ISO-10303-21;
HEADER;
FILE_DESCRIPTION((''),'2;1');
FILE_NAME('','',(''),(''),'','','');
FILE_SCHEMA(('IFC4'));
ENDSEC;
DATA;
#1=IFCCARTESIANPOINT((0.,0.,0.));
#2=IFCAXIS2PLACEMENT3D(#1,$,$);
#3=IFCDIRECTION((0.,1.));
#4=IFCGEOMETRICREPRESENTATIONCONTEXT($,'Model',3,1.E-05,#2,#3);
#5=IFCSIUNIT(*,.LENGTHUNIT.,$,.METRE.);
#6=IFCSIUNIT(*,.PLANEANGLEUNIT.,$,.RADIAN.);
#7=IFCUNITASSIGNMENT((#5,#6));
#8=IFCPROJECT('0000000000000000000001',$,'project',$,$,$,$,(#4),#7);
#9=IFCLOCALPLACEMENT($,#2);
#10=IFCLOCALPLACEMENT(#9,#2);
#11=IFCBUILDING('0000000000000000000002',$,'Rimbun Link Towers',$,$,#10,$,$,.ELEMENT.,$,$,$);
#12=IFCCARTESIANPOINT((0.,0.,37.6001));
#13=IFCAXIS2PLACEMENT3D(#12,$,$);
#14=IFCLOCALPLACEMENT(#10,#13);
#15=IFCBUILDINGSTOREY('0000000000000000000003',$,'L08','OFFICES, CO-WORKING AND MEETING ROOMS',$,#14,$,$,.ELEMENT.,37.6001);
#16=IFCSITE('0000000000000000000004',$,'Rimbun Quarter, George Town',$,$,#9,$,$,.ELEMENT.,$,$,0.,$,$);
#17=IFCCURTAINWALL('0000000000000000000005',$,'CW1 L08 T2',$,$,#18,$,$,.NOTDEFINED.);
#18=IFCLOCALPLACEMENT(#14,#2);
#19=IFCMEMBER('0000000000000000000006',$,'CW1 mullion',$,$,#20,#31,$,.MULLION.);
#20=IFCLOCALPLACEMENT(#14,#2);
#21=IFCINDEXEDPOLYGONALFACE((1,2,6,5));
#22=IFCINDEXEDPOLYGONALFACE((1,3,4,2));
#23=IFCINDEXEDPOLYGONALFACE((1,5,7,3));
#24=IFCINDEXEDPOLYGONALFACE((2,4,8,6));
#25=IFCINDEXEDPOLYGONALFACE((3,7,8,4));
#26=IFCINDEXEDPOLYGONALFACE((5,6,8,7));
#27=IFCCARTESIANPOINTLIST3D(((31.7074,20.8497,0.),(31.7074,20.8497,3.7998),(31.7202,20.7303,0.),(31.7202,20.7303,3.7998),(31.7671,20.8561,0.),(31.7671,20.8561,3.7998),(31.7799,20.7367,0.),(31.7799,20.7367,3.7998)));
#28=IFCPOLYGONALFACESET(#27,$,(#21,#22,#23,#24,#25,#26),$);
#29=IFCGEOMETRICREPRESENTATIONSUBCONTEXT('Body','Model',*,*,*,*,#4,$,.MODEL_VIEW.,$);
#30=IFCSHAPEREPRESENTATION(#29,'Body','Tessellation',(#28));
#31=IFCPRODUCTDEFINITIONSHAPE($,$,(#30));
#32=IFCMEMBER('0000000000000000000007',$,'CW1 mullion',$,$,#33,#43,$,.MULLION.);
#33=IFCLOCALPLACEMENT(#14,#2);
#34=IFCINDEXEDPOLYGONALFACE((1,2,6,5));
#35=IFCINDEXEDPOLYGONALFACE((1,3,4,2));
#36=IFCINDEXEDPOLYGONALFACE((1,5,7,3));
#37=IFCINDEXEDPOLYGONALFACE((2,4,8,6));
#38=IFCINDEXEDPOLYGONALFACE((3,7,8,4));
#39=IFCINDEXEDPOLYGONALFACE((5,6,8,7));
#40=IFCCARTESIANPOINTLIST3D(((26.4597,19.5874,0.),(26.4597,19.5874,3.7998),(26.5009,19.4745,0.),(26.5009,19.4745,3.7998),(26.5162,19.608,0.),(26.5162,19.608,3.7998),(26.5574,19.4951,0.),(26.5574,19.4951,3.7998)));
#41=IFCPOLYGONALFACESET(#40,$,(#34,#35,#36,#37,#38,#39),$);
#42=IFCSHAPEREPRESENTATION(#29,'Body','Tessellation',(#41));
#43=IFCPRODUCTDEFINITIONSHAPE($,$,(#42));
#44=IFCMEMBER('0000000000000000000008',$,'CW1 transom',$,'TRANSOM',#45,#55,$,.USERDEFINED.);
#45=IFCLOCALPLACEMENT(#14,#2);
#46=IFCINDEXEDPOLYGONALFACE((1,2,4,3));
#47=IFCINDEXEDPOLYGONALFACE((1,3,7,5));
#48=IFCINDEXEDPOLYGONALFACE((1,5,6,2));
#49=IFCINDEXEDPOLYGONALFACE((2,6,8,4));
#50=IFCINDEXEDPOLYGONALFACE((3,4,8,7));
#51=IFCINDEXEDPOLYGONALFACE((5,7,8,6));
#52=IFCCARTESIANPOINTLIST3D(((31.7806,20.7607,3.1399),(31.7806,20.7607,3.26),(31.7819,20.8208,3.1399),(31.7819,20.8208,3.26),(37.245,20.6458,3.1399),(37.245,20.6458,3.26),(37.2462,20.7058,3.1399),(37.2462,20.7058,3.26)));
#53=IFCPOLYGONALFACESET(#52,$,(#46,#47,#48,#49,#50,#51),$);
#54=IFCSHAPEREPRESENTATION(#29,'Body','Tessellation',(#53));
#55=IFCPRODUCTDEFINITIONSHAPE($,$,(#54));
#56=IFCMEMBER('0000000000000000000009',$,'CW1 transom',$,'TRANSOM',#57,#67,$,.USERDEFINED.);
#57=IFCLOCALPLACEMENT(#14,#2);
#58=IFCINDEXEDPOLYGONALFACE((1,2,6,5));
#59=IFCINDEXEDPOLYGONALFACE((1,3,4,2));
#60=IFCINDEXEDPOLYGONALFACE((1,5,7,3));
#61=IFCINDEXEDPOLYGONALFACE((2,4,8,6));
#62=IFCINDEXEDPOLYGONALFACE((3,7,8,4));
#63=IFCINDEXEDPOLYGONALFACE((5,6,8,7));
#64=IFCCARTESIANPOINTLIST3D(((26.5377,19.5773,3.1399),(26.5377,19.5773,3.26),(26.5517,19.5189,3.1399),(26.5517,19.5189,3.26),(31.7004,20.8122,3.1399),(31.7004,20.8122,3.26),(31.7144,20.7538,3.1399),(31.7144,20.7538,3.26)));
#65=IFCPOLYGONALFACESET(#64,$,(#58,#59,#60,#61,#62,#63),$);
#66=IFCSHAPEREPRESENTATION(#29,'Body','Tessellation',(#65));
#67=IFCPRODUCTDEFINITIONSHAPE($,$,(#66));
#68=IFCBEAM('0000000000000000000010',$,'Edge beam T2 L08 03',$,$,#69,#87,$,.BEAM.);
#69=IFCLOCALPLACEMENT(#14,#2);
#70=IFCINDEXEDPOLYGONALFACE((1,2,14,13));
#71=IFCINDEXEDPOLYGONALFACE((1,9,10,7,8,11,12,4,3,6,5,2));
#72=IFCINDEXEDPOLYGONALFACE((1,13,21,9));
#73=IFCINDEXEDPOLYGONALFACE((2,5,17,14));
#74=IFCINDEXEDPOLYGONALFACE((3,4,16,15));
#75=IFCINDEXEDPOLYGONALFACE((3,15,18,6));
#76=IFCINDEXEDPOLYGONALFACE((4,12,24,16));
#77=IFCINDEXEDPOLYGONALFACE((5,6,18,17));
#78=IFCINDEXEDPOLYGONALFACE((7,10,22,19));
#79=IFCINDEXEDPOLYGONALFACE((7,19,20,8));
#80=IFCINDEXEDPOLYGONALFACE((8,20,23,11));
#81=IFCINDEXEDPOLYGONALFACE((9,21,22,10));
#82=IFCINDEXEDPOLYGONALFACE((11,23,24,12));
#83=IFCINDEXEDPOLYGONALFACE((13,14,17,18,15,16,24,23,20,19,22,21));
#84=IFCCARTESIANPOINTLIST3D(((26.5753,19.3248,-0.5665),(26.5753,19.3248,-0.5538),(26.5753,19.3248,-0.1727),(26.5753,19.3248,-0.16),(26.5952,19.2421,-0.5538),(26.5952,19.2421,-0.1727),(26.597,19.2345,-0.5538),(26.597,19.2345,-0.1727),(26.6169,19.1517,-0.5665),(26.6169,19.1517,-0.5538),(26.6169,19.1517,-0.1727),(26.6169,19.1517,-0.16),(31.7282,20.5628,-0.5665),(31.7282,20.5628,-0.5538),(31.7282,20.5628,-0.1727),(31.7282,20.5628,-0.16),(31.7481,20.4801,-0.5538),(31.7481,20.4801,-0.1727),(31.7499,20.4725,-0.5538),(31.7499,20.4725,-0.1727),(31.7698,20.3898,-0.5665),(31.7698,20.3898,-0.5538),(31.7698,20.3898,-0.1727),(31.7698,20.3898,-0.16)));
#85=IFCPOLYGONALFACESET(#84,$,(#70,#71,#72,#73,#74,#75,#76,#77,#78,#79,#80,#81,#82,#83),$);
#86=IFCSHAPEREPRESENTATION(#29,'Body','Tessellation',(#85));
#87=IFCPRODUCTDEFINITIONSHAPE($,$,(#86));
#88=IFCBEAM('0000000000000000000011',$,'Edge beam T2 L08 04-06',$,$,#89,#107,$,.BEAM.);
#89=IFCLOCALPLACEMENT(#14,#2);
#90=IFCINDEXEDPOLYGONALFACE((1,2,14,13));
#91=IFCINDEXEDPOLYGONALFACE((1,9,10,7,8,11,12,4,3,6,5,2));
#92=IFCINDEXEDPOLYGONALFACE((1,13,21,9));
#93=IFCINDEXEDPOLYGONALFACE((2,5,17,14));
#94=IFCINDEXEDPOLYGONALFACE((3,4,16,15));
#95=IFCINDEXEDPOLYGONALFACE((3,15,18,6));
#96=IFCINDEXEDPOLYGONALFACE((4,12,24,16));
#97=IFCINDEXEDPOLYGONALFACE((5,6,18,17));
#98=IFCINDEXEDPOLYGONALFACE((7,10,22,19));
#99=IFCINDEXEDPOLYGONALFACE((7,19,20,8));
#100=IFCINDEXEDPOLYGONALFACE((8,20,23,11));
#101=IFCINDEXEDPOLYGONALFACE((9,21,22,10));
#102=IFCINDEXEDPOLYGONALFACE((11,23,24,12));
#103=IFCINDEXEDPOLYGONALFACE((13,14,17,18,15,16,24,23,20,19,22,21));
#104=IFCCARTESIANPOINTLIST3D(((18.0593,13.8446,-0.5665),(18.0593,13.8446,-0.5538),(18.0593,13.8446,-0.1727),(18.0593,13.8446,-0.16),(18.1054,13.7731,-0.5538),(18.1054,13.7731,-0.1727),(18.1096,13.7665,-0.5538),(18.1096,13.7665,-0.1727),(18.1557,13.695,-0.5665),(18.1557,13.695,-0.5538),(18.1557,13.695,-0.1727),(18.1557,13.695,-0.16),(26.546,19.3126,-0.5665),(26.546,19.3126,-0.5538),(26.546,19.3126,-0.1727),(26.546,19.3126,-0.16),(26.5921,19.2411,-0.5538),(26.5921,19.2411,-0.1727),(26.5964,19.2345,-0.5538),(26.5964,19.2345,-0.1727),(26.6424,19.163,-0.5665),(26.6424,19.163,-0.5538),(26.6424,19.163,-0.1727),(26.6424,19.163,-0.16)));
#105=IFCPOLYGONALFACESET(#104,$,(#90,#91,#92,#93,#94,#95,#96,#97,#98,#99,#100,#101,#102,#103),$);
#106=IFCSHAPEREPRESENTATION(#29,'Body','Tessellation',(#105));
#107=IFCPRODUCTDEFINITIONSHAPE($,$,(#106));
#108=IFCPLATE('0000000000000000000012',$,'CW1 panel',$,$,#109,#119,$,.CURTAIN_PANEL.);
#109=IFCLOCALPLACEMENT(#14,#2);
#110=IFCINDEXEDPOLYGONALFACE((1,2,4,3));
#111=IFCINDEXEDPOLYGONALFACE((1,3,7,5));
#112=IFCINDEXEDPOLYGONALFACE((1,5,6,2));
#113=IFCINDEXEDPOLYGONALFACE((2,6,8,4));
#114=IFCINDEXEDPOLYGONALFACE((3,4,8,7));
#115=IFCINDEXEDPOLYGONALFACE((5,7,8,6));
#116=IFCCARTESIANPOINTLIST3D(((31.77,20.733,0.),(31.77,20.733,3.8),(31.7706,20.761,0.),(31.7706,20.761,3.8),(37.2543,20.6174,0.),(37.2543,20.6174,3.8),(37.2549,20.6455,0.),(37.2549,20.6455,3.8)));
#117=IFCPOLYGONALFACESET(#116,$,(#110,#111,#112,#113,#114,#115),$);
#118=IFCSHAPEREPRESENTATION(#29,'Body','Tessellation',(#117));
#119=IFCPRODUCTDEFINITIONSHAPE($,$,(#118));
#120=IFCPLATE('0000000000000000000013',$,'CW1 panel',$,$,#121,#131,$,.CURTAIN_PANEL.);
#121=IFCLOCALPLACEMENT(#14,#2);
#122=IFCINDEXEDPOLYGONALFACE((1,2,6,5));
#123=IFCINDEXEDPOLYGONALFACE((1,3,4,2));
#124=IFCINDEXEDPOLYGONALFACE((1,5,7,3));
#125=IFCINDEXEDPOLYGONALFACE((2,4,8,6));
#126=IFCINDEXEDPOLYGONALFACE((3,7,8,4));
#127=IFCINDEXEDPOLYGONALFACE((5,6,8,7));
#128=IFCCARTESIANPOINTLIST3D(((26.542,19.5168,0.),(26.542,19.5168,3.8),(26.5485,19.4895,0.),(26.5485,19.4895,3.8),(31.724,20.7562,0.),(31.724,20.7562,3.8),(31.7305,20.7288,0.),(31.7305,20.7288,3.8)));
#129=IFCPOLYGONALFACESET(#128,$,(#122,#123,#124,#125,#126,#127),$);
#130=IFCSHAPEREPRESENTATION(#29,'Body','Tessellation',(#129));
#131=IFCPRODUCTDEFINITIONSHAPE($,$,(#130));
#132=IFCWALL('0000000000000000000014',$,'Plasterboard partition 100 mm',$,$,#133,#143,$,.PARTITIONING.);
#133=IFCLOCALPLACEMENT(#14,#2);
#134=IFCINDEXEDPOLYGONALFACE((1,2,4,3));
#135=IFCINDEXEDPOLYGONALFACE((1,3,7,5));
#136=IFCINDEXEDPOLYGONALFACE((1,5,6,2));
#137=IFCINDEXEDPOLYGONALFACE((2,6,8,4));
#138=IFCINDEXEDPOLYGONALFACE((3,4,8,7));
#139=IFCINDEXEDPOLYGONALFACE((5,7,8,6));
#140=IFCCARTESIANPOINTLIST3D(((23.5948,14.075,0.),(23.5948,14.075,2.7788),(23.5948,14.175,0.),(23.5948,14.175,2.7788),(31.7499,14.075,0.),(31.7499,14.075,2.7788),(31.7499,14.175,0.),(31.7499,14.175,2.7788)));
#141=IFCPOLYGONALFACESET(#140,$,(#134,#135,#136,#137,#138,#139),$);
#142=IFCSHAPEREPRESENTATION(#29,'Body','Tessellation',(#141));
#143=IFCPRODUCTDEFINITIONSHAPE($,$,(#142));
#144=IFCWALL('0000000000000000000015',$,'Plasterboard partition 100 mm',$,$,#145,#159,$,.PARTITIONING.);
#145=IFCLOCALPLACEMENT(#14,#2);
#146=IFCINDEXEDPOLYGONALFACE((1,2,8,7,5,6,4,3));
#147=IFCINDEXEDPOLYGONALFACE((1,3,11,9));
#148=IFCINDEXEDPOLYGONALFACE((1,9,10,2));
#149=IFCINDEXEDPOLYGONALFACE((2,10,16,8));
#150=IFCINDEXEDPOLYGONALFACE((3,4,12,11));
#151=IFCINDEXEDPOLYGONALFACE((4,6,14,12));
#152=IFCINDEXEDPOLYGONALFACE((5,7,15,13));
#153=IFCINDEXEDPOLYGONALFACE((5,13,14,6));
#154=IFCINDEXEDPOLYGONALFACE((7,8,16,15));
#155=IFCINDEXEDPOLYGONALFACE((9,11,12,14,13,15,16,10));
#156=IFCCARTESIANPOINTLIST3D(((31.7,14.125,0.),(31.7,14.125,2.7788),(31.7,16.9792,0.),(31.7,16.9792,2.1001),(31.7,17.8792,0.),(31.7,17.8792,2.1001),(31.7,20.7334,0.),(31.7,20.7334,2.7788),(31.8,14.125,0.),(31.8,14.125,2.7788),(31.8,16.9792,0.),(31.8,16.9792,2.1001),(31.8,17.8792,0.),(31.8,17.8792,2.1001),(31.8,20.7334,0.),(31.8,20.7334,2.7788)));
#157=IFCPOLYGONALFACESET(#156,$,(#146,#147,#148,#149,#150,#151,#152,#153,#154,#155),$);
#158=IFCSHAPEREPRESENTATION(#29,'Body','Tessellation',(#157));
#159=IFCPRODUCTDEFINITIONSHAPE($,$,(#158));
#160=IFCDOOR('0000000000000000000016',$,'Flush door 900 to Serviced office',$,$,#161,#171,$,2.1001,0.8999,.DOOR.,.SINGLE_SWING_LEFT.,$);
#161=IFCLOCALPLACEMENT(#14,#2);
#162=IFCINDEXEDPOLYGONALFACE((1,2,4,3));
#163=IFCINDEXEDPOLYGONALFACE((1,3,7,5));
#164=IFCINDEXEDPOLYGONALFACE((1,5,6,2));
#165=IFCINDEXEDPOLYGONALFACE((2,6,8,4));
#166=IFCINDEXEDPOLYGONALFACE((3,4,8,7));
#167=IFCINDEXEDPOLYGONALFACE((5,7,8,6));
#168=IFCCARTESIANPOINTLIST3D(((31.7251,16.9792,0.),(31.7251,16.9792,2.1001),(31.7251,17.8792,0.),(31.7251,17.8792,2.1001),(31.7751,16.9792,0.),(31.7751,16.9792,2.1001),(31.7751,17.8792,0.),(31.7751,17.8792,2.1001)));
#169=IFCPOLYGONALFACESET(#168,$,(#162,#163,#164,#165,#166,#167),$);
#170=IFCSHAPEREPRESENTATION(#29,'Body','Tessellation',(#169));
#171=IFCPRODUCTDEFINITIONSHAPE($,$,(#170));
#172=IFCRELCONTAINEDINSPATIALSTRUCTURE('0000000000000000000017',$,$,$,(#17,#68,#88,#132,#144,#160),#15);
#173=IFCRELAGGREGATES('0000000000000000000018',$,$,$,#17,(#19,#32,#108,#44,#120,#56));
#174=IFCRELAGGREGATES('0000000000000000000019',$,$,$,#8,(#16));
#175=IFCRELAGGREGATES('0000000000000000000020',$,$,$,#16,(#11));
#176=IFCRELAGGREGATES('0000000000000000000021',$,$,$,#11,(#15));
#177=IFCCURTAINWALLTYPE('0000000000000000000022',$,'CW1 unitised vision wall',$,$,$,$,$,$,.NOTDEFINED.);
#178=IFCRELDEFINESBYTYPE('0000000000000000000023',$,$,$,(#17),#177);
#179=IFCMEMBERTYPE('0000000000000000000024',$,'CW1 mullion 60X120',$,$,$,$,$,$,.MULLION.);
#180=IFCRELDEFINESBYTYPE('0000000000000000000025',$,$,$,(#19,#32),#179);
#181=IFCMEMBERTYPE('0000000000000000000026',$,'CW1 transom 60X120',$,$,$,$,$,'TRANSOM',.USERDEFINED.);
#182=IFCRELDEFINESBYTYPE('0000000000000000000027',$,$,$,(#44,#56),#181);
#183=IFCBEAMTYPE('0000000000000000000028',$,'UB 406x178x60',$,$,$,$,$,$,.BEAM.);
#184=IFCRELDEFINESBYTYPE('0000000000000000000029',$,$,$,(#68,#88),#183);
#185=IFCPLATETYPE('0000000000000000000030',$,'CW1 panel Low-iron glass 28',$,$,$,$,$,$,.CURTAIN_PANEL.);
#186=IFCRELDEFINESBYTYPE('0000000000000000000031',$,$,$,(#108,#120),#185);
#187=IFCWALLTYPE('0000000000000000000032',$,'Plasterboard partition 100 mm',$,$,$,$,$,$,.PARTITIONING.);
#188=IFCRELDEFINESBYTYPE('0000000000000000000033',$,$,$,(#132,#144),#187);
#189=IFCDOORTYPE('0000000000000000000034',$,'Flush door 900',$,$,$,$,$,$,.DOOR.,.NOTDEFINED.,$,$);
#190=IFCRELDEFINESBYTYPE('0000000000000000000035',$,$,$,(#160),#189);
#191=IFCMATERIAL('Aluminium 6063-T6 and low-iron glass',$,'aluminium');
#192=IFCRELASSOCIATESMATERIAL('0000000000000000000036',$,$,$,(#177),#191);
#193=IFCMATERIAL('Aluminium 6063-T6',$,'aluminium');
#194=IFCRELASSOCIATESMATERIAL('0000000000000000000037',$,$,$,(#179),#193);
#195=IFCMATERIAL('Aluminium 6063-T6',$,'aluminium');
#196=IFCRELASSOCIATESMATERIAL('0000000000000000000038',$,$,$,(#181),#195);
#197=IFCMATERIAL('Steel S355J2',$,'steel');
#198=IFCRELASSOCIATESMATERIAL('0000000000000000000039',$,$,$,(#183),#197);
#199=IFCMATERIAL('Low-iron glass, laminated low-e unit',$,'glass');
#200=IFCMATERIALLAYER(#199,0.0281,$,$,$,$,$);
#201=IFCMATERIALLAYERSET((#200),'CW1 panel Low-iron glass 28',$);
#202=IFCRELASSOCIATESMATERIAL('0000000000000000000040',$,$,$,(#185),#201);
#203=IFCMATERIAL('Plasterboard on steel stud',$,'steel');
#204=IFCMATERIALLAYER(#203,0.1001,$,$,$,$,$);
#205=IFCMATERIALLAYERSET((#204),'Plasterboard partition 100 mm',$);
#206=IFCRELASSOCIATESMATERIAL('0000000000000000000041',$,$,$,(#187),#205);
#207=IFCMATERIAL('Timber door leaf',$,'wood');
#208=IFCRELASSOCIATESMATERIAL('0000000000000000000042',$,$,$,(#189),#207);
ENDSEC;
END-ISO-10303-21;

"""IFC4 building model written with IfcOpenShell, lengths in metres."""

from ifc_helpers import new_model, si_unit, direction, frame, frame_2d, origin, origin_2d, place, context, subcontext, project, spatial, rectangle, i_section, extrude, material, layer, layer_set, material_profile, profile_set, type_object, element, fill, aggregate, save


model = new_model("IFC4")

# Units and contexts
model_context = context("Model", 3, precision=1e-05, world=origin(), true_north=direction((0.0, 1.0)))
body_context = subcontext(model_context, "Body", "Model", "MODEL_VIEW")
ifc_project = project(units=[si_unit("LENGTHUNIT", "METRE"), si_unit("PLANEANGLEUNIT", "RADIAN")], contexts=[model_context])

# Site, building, storey
site_placement = place(None, origin())
site = spatial("IfcSite", under=ifc_project, at=site_placement, Name="Rimbun Quarter, George Town", CompositionType="ELEMENT", RefElevation=0.0)
building_placement = place(site_placement, origin())
building = spatial("IfcBuilding", under=site, at=building_placement, Name="Rimbun Link Towers", CompositionType="ELEMENT")
storey_placement = place(building_placement, frame((0.0, 0.0, 37.6001)))
storey = spatial("IfcBuildingStorey", under=building, at=storey_placement, Name="L08", Description="OFFICES, CO-WORKING AND MEETING ROOMS", CompositionType="ELEMENT", Elevation=37.6001)

# Curtain wall, members
ifc_material_1 = material(Name="Aluminium 6063-T6 and low-iron glass", Category="aluminium")
curtain_wall_type = type_object("IfcCurtainWallType", Name="CW1 unitised vision wall", PredefinedType="NOTDEFINED", material=ifc_material_1)
curtain_wall_placement = place(storey_placement, origin())
curtain_wall = element("IfcCurtainWall", 1, at=curtain_wall_placement, inside=storey, type_object=curtain_wall_type, Name="CW1 L08 T2", PredefinedType="NOTDEFINED")
ifc_material_2 = material(Name="Aluminium 6063-T6", Category="aluminium")
ifc_material_profile_1 = material_profile(ifc_material_2, rectangle(XDim=0.1201, YDim=0.0601, at=origin_2d()), Name="MULLION 60X120")
ifc_profile_set_1 = profile_set([ifc_material_profile_1], Name="Aluminium 6063-T6")
member_type_1 = type_object("IfcMemberType", Name="CW1 mullion 60X120", PredefinedType="MULLION", material=ifc_profile_set_1)
member_1_placement = place(storey_placement, frame((31.7437, 20.7932, 0.0), z_axis=(0.0, 0.0, 1.0), x_axis=(-0.106645, 0.994297, 0.0)))
member_1 = element("IfcMember", 2, at=member_1_placement, type_object=member_type_1, Name="CW1 mullion", PredefinedType="MULLION", context=body_context, shape_type="SweptSolid", body=[
    extrude(rectangle(XDim=0.1201, YDim=0.0601, at=origin_2d()), origin(), (0.0, 0.0, 1.0), 3.7998),
])
member_2_placement = place(storey_placement, frame((26.5085, 19.5413, 0.0), z_axis=(0.0, 0.0, 1.0), x_axis=(-0.342971, 0.939346, 0.0)))
member_2 = element("IfcMember", 3, at=member_2_placement, type_object=member_type_1, Name="CW1 mullion", PredefinedType="MULLION", context=body_context, shape_type="SweptSolid", body=[
    extrude(rectangle(XDim=0.1201, YDim=0.0601, at=origin_2d()), origin(), (0.0, 0.0, 1.0), 3.7998),
])
ifc_material_3 = material(Name="Aluminium 6063-T6", Category="aluminium")
ifc_material_profile_2 = material_profile(ifc_material_3, rectangle(XDim=0.0601, YDim=0.1201, at=origin_2d()), Name="TRANSOM 60X120")
ifc_profile_set_2 = profile_set([ifc_material_profile_2], Name="Aluminium 6063-T6")
member_type_2 = type_object("IfcMemberType", Name="CW1 transom 60X120", ElementType="TRANSOM", PredefinedType="USERDEFINED", material=ifc_profile_set_2)
member_3_placement = place(storey_placement, frame((31.7812, 20.7908, 3.2), z_axis=(0.999779, -0.021039, 0.0), x_axis=(0.021039, 0.999779, 0.0)))
member_3 = element("IfcMember", 4, at=member_3_placement, type_object=member_type_2, Name="CW1 transom", ObjectType="TRANSOM", PredefinedType="USERDEFINED", context=body_context, shape_type="SweptSolid", body=[
    extrude(rectangle(XDim=0.0601, YDim=0.1201, at=origin_2d()), origin(), (0.0, 0.0, 1.0), 5.4656),
])
member_4_placement = place(storey_placement, frame((26.5447, 19.5481, 3.2), z_axis=(0.972565, 0.232632, 0.0), x_axis=(-0.232632, 0.972565, 0.0)))
member_4 = element("IfcMember", 5, at=member_4_placement, type_object=member_type_2, Name="CW1 transom", ObjectType="TRANSOM", PredefinedType="USERDEFINED", context=body_context, shape_type="SweptSolid", body=[
    extrude(rectangle(XDim=0.0601, YDim=0.1201, at=origin_2d()), origin(), (0.0, 0.0, 1.0), 5.3083),
])

# Beams
ifc_material_4 = material(Name="Steel S355J2", Category="steel")
ifc_material_profile_3 = material_profile(ifc_material_4, i_section(OverallWidth=0.178, OverallDepth=0.4065, WebThickness=0.0078, FlangeThickness=0.0127, at=origin_2d()), Name="UB 406x178x60")
ifc_profile_set_3 = profile_set([ifc_material_profile_3], Name="Steel S355J2")
beam_type = type_object("IfcBeamType", Name="UB 406x178x60", PredefinedType="BEAM", material=ifc_profile_set_3)
beam_1_placement = place(storey_placement, frame((31.749, 20.4763, -0.3633), z_axis=(-0.972329, -0.233615, 0.0), x_axis=(0.233615, -0.972329, 0.0)))
element("IfcBeam", 6, at=beam_1_placement, inside=storey, type_object=beam_type, Name="Edge beam T2 L08 03", PredefinedType="BEAM", context=body_context, shape_type="SweptSolid", body=[
    extrude(i_section(OverallWidth=0.178, OverallDepth=0.4065, WebThickness=0.0078, FlangeThickness=0.0127, at=origin_2d()), origin(), (0.0, 0.0, 1.0), 5.2996),
])
beam_2_placement = place(storey_placement, frame((26.5942, 19.2378, -0.3633), z_axis=(-0.840628, -0.541613, 0.0), x_axis=(0.541613, -0.840628, 0.0)))
element("IfcBeam", 7, at=beam_2_placement, inside=storey, type_object=beam_type, Name="Edge beam T2 L08 04-06", PredefinedType="BEAM", context=body_context, shape_type="SweptSolid", body=[
    extrude(i_section(OverallWidth=0.178, OverallDepth=0.4065, WebThickness=0.0078, FlangeThickness=0.0127, at=origin_2d()), origin(), (0.0, 0.0, 1.0), 10.0957),
])

# Plates
ifc_material_5 = material(Name="Low-iron glass, laminated low-e unit", Category="glass")
ifc_layer_1 = layer(ifc_material_5, 0.0281)
ifc_layer_set_1 = layer_set([ifc_layer_1], Name="CW1 panel Low-iron glass 28")
plate_type = type_object("IfcPlateType", Name="CW1 panel Low-iron glass 28", PredefinedType="CURTAIN_PANEL", material=ifc_layer_set_1)
plate_1_placement = place(storey_placement, frame((34.5125, 20.6892, 0.0), z_axis=(0.0, 0.0, 1.0), x_axis=(0.999778, -0.021066, 0.0)))
plate_1 = element("IfcPlate", 8, at=plate_1_placement, type_object=plate_type, Name="CW1 panel", PredefinedType="CURTAIN_PANEL", context=body_context, shape_type="SweptSolid", body=[
    extrude(rectangle(XDim=5.4856, YDim=0.0281, at=origin_2d()), origin(), (0.0, 0.0, 1.0), 3.8),
])
plate_2_placement = place(storey_placement, frame((29.1362, 20.1228, 0.0), z_axis=(0.0, 0.0, 1.0), x_axis=(0.972569, 0.232613, 0.0)))
plate_2 = element("IfcPlate", 9, at=plate_2_placement, type_object=plate_type, Name="CW1 panel", PredefinedType="CURTAIN_PANEL", context=body_context, shape_type="SweptSolid", body=[
    extrude(rectangle(XDim=5.3281, YDim=0.0281, at=origin_2d()), origin(), (0.0, 0.0, 1.0), 3.8),
])
aggregate(curtain_wall, [member_1, member_2, plate_1, member_3, plate_2, member_4])

# Wall
ifc_material_6 = material(Name="Plasterboard on steel stud", Category="steel")
ifc_layer_2 = layer(ifc_material_6, 0.1001)
ifc_layer_set_2 = layer_set([ifc_layer_2], Name="Plasterboard partition 100 mm")
wall_type = type_object("IfcWallType", Name="Plasterboard partition 100 mm", PredefinedType="PARTITIONING", material=ifc_layer_set_2)
wall_1_placement = place(storey_placement, frame((31.75, 14.125, 0.0), z_axis=(0.0, 0.0, 1.0), x_axis=(-1.0, 0.0, 0.0)))
element("IfcWall", 10, at=wall_1_placement, inside=storey, type_object=wall_type, Name="Plasterboard partition 100 mm", PredefinedType="PARTITIONING", context=body_context, shape_type="SweptSolid", body=[
    extrude(rectangle(XDim=8.155, YDim=0.1001, at=frame_2d((4.0776, 0.0))), origin(), (0.0, 0.0, 1.0), 2.7788),
])

# Wall, opening, door
wall_2_placement = place(storey_placement, frame((31.75, 14.125, 0.0), z_axis=(0.0, 0.0, 1.0), x_axis=(0.0, 1.0, 0.0)))
wall_2 = element("IfcWall", 11, at=wall_2_placement, inside=storey, type_object=wall_type, Name="Plasterboard partition 100 mm", PredefinedType="PARTITIONING", context=body_context, shape_type="SweptSolid", body=[
    extrude(rectangle(XDim=6.6084, YDim=0.1001, at=frame_2d((3.3042, 0.0))), origin(), (0.0, 0.0, 1.0), 2.7788),
])
opening_placement = place(wall_2_placement, frame((2.8542, 0.0, 0.0)))
opening = element("IfcOpeningElement", 12, at=opening_placement, cuts=wall_2, PredefinedType="OPENING", context=body_context, shape_type="SweptSolid", body=[
    extrude(rectangle(XDim=0.8999, YDim=2.1001, at=frame_2d((0.45, 1.05))), frame((0.0, 0.0601, 0.0), z_axis=(0.0, -1.0, 0.0), x_axis=(1.0, 0.0, 0.0)), (0.0, 0.0, 1.0), 0.1201),
])
ifc_material_7 = material(Name="Timber door leaf", Category="wood")
door_type = type_object("IfcDoorType", Name="Flush door 900", OperationType="NOTDEFINED", PredefinedType="DOOR", material=ifc_material_7)
door_placement = place(opening_placement, origin())
door = element("IfcDoor", 13, at=door_placement, inside=storey, type_object=door_type, Name="Flush door 900 to Serviced office", OperationType="SINGLE_SWING_LEFT", OverallHeight=2.1001, OverallWidth=0.8999, PredefinedType="DOOR", context=body_context, shape_type="SweptSolid", body=[
    extrude(rectangle(XDim=0.8999, YDim=2.1001, at=frame_2d((0.45, 1.05))), frame((0.0, 0.0249, 0.0), z_axis=(0.0, -1.0, 0.0), x_axis=(1.0, 0.0, 0.0)), (0.0, 0.0, 1.0), 0.05),
])
fill(opening, door)

save(model, "model.ifc")
